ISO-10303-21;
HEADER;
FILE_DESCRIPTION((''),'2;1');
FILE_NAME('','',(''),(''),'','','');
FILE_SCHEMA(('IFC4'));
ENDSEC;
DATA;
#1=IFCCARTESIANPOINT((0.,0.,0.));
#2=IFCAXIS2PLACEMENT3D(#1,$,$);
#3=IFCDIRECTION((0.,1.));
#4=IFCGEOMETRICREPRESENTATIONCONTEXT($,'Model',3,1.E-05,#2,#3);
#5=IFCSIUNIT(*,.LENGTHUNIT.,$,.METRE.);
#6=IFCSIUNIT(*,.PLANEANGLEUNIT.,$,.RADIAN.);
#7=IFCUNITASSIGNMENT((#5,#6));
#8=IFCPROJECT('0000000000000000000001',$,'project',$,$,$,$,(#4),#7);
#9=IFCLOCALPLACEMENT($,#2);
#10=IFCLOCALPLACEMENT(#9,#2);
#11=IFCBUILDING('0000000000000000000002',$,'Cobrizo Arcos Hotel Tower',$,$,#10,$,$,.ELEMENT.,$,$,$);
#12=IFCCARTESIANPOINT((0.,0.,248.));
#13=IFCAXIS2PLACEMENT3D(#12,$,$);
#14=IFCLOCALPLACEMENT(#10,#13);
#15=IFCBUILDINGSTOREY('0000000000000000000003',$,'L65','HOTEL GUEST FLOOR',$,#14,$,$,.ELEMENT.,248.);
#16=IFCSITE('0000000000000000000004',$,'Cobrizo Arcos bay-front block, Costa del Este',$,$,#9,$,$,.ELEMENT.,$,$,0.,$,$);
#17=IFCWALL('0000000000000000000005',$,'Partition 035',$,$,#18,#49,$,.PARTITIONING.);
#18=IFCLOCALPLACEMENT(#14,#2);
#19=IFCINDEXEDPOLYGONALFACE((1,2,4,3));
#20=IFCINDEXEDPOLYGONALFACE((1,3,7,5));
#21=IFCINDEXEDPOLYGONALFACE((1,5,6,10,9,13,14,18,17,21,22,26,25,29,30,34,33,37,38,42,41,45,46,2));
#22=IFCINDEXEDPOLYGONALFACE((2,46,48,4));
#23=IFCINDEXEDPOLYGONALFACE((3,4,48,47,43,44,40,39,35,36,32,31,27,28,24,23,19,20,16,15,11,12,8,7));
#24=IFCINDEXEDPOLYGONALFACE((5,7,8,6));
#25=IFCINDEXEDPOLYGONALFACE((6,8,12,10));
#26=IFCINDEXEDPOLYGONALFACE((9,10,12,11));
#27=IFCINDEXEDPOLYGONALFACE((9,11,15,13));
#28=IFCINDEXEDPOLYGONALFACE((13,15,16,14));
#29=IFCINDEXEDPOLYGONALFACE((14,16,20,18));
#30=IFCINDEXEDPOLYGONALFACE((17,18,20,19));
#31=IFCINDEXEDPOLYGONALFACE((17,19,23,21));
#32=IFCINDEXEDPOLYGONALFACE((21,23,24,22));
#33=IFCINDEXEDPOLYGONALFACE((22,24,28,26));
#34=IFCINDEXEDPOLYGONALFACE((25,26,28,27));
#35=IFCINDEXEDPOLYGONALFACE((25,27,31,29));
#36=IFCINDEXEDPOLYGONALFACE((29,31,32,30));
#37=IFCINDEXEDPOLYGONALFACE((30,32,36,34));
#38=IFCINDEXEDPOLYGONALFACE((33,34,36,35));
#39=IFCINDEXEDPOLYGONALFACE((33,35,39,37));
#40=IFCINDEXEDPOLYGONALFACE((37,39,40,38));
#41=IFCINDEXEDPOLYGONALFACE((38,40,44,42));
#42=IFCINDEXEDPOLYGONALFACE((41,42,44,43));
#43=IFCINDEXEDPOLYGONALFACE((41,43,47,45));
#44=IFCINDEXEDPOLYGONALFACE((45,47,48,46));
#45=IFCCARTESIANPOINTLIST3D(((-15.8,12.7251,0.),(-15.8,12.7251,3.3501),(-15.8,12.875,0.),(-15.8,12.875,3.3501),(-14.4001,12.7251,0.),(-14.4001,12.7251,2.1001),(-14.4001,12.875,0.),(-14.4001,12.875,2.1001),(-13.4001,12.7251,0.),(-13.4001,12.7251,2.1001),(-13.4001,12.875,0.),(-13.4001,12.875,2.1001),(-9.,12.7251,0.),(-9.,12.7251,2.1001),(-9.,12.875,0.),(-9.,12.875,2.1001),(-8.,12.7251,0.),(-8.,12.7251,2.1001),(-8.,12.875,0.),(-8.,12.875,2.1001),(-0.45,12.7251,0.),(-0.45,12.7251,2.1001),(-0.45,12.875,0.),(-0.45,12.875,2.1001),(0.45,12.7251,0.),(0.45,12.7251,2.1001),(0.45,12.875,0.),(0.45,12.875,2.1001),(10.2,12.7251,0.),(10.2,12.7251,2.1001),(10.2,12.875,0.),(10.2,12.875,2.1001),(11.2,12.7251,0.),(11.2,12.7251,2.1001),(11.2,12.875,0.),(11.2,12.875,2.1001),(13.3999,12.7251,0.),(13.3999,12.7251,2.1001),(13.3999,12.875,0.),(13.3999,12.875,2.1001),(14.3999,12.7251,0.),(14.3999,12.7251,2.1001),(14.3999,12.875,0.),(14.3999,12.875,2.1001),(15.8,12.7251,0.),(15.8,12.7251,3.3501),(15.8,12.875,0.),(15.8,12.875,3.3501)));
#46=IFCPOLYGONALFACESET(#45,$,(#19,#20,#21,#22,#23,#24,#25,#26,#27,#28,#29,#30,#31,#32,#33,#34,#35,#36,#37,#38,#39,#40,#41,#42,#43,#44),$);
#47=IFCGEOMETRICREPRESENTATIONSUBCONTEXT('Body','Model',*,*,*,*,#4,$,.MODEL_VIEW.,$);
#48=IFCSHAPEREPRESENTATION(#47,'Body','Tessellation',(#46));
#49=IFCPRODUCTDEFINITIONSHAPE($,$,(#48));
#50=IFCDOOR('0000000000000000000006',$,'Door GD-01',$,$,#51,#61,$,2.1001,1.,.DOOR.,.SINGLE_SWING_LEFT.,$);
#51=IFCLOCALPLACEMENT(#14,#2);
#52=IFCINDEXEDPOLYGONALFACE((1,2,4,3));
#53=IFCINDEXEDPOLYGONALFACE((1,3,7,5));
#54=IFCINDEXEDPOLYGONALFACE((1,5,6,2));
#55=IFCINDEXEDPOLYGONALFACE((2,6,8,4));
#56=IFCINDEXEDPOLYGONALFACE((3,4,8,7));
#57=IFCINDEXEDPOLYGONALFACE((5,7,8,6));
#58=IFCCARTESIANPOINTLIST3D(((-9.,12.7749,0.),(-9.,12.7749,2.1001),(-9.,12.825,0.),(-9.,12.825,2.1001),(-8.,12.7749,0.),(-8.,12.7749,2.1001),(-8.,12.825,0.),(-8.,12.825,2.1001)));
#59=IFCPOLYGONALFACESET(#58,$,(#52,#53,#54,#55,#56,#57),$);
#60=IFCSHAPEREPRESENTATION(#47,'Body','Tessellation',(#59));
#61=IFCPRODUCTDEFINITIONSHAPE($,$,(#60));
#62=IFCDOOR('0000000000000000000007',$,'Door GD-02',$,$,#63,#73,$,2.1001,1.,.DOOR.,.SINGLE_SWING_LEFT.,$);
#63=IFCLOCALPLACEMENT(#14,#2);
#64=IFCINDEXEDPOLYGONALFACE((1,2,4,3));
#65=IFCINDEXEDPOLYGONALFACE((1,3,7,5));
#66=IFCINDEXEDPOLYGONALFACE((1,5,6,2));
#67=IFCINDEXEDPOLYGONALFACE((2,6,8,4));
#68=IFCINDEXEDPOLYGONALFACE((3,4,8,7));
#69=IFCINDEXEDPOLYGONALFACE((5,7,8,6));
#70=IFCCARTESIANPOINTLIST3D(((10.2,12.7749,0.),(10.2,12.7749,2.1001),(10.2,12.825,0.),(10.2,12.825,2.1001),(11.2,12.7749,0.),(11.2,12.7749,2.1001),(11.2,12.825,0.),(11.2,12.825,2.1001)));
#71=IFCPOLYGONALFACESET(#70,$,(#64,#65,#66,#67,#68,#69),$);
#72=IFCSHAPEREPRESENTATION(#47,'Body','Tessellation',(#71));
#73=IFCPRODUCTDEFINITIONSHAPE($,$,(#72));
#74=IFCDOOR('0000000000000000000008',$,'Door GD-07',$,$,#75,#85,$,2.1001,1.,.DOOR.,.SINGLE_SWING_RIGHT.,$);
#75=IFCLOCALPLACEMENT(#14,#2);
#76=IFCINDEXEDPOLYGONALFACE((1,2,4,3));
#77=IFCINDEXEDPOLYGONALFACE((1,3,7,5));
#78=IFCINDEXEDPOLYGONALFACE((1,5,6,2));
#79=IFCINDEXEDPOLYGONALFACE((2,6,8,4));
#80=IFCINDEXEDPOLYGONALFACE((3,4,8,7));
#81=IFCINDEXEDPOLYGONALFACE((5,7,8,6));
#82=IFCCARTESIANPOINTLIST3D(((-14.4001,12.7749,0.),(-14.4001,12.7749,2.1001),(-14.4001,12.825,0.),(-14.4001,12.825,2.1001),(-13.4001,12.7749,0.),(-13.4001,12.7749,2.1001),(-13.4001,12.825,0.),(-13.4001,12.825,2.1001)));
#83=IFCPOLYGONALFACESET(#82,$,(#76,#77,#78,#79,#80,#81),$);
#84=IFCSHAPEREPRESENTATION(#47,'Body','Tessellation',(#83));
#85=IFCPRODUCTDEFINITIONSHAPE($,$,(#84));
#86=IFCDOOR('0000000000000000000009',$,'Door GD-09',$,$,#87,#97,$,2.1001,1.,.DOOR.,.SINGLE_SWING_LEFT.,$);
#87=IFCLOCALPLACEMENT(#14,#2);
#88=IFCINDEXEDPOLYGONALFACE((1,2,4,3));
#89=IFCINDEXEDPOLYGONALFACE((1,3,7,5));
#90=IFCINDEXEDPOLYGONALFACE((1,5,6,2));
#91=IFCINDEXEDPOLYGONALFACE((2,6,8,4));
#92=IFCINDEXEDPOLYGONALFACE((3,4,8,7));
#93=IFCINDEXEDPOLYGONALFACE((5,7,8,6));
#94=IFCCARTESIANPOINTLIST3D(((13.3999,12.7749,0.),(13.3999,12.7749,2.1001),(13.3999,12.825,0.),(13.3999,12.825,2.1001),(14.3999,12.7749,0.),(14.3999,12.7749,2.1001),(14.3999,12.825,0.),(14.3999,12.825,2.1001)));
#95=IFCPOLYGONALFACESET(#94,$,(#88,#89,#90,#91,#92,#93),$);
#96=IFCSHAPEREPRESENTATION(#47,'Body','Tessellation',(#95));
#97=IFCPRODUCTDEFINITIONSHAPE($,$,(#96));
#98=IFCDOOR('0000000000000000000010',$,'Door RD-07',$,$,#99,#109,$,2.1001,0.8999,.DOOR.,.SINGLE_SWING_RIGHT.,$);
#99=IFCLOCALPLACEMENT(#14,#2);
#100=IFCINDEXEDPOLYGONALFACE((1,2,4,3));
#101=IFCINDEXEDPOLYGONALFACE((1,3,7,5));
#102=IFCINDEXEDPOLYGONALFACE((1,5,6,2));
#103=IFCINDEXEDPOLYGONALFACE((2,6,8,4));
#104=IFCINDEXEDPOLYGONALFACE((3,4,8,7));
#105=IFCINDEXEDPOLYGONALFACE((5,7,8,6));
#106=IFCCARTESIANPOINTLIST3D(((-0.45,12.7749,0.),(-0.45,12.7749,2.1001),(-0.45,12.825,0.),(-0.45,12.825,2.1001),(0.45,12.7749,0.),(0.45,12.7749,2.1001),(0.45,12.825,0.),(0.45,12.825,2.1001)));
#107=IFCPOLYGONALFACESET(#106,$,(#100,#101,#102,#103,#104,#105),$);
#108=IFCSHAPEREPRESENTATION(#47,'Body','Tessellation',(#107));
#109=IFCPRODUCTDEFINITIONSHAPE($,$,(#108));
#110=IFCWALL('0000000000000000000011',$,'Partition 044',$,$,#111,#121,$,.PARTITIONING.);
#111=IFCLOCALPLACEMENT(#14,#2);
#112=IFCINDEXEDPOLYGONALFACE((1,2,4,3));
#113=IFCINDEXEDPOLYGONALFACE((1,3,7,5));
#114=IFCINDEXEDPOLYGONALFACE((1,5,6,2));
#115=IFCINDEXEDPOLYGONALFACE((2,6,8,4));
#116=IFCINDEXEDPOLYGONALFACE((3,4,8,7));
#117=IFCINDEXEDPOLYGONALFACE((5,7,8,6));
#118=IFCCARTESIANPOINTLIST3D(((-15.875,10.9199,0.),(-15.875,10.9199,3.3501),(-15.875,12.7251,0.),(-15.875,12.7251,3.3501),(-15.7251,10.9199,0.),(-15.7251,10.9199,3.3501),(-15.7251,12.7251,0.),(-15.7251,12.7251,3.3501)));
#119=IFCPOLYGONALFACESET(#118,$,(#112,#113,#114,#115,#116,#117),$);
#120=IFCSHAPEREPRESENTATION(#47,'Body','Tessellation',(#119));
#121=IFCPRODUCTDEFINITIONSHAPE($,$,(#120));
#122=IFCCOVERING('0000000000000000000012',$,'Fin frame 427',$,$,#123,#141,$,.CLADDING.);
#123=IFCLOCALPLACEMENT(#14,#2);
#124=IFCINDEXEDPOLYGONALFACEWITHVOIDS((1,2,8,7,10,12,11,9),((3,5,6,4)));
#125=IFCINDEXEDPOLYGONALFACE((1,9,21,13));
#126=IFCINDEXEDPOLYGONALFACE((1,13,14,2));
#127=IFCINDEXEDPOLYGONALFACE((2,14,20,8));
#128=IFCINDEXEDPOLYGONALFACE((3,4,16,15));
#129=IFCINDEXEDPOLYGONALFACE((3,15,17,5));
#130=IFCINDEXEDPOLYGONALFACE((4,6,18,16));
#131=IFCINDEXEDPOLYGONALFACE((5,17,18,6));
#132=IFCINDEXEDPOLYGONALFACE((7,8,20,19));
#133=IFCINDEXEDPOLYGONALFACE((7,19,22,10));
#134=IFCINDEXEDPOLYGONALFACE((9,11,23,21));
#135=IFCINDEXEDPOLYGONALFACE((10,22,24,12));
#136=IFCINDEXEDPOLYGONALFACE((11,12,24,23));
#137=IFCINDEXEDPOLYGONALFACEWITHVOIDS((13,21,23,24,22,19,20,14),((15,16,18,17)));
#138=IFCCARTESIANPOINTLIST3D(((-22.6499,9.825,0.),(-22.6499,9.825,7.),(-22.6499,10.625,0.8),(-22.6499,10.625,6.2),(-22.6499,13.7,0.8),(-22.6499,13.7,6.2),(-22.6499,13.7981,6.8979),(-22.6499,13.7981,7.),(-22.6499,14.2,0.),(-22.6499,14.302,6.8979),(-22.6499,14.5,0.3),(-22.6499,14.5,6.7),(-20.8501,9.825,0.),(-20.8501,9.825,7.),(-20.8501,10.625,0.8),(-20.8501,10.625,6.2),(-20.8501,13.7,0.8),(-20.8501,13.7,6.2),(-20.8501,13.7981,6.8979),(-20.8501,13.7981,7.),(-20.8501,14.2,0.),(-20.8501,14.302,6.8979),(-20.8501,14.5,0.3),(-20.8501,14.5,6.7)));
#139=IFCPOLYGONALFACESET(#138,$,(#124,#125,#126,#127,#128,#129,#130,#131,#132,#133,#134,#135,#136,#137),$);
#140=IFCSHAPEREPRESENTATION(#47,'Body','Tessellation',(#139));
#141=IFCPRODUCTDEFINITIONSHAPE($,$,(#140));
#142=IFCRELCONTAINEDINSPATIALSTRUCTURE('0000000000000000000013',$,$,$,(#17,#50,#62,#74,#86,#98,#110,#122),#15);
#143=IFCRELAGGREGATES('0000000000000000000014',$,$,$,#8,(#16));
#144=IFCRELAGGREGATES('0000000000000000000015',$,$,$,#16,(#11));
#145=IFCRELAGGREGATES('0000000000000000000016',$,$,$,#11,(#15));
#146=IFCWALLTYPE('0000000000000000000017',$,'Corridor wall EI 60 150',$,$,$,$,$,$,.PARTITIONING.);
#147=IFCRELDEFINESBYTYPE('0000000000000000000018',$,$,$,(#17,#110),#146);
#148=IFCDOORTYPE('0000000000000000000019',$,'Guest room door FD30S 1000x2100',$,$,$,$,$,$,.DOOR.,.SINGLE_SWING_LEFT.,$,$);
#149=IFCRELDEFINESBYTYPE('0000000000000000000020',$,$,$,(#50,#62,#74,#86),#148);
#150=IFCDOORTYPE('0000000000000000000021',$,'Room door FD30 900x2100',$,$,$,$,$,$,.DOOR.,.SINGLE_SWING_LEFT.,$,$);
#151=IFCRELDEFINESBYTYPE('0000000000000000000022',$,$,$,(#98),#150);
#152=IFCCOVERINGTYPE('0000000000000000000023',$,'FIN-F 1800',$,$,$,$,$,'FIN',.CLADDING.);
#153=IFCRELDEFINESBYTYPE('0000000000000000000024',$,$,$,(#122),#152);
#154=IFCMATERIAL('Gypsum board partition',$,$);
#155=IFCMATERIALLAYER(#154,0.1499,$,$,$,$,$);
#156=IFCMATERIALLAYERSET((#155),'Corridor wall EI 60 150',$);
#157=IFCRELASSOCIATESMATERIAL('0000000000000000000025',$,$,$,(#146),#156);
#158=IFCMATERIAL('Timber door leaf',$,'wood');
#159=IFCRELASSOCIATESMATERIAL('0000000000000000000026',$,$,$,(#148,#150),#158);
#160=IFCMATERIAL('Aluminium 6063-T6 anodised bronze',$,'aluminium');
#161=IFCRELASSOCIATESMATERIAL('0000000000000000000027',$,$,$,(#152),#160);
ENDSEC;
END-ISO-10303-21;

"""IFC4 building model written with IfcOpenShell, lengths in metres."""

from ifc_helpers import new_model, si_unit, direction, frame, frame_2d, origin, place, context, subcontext, project, spatial, polyline, rectangle, outline, extrude, material, layer, layer_set, type_object, element, fill, save


model = new_model("IFC4")

# Units and contexts
model_context = context("Model", 3, precision=1e-05, world=origin(), true_north=direction((0.0, 1.0)))
body_context = subcontext(model_context, "Body", "Model", "MODEL_VIEW")
ifc_project = project(units=[si_unit("LENGTHUNIT", "METRE"), si_unit("PLANEANGLEUNIT", "RADIAN")], contexts=[model_context])

# Site, building, storey
site_placement = place(None, origin())
site = spatial("IfcSite", under=ifc_project, at=site_placement, Name="Cobrizo Arcos bay-front block, Costa del Este", CompositionType="ELEMENT", RefElevation=0.0)
building_placement = place(site_placement, origin())
building = spatial("IfcBuilding", under=site, at=building_placement, Name="Cobrizo Arcos Hotel Tower", CompositionType="ELEMENT")
storey_placement = place(building_placement, frame((0.0, 0.0, 248.0)))
storey = spatial("IfcBuildingStorey", under=building, at=storey_placement, Name="L65", Description="HOTEL GUEST FLOOR", CompositionType="ELEMENT", Elevation=248.0)

# Shared definitions
ifc_material_1 = material(Name="Aluminium 6063-T6 anodised bronze", Category="aluminium")

# Wall, openings, doors
ifc_material_2 = material(Name="Gypsum board partition")
ifc_layer_1 = layer(ifc_material_2, 0.1499)
ifc_layer_set_1 = layer_set([ifc_layer_1], Name="Corridor wall EI 60 150")
wall_type = type_object("IfcWallType", Name="Corridor wall EI 60 150", PredefinedType="PARTITIONING", material=ifc_layer_set_1)
wall_1_placement = place(storey_placement, frame((-15.8, 12.8, 0.0), z_axis=(0.0, 0.0, 1.0), x_axis=(1.0, 0.0, 0.0)))
wall_1 = element("IfcWall", 1, at=wall_1_placement, inside=storey, type_object=wall_type, Name="Partition 035", PredefinedType="PARTITIONING", context=body_context, shape_type="SweptSolid", body=[
    extrude(rectangle(XDim=31.6001, YDim=0.1499, at=frame_2d((15.8, 0.0))), origin(), (0.0, 0.0, 1.0), 3.3501),
])
opening_1_placement = place(wall_1_placement, frame((6.8, 0.0, 0.0)))
opening_1 = element("IfcOpeningElement", 2, at=opening_1_placement, cuts=wall_1, PredefinedType="OPENING", context=body_context, shape_type="SweptSolid", body=[
    extrude(rectangle(XDim=1.0, YDim=2.1001, at=frame_2d((0.5, 1.05))), frame((0.0, 0.0869, 0.0), z_axis=(0.0, -1.0, 0.0), x_axis=(1.0, 0.0, 0.0)), (0.0, 0.0, 1.0), 0.1738),
])
opening_2_placement = place(wall_1_placement, frame((15.3501, 0.0, 0.0)))
opening_2 = element("IfcOpeningElement", 3, at=opening_2_placement, cuts=wall_1, PredefinedType="OPENING", context=body_context, shape_type="SweptSolid", body=[
    extrude(rectangle(XDim=0.8999, YDim=2.1001, at=frame_2d((0.45, 1.05))), frame((0.0, 0.0869, 0.0), z_axis=(0.0, -1.0, 0.0), x_axis=(1.0, 0.0, 0.0)), (0.0, 0.0, 1.0), 0.1738),
])
opening_3_placement = place(wall_1_placement, frame((26.0, 0.0, 0.0)))
opening_3 = element("IfcOpeningElement", 4, at=opening_3_placement, cuts=wall_1, PredefinedType="OPENING", context=body_context, shape_type="SweptSolid", body=[
    extrude(rectangle(XDim=1.0, YDim=2.1001, at=frame_2d((0.5, 1.05))), frame((0.0, 0.0869, 0.0), z_axis=(0.0, -1.0, 0.0), x_axis=(1.0, 0.0, 0.0)), (0.0, 0.0, 1.0), 0.1738),
])
opening_4_placement = place(wall_1_placement, frame((1.3999, 0.0, 0.0)))
opening_4 = element("IfcOpeningElement", 5, at=opening_4_placement, cuts=wall_1, PredefinedType="OPENING", context=body_context, shape_type="SweptSolid", body=[
    extrude(rectangle(XDim=1.0, YDim=2.1001, at=frame_2d((0.5, 1.05))), frame((0.0, 0.0869, 0.0), z_axis=(0.0, -1.0, 0.0), x_axis=(1.0, 0.0, 0.0)), (0.0, 0.0, 1.0), 0.1738),
])
opening_5_placement = place(wall_1_placement, frame((29.2, 0.0, 0.0)))
opening_5 = element("IfcOpeningElement", 6, at=opening_5_placement, cuts=wall_1, PredefinedType="OPENING", context=body_context, shape_type="SweptSolid", body=[
    extrude(rectangle(XDim=1.0, YDim=2.1001, at=frame_2d((0.5, 1.05))), frame((0.0, 0.0869, 0.0), z_axis=(0.0, -1.0, 0.0), x_axis=(1.0, 0.0, 0.0)), (0.0, 0.0, 1.0), 0.1738),
])
ifc_material_3 = material(Name="Timber door leaf", Category="wood")
door_type_1 = type_object("IfcDoorType", Name="Guest room door FD30S 1000x2100", OperationType="SINGLE_SWING_LEFT", PredefinedType="DOOR", material=ifc_material_3)
door_1_placement = place(opening_1_placement, origin())
door_1 = element("IfcDoor", 7, at=door_1_placement, inside=storey, type_object=door_type_1, Name="Door GD-01", OperationType="SINGLE_SWING_LEFT", OverallHeight=2.1001, OverallWidth=1.0, PredefinedType="DOOR", context=body_context, shape_type="SweptSolid", body=[
    extrude(rectangle(XDim=1.0, YDim=2.1001, at=frame_2d((0.5, 1.05))), frame((0.0, 0.0249, 0.0), z_axis=(0.0, -1.0, 0.0), x_axis=(1.0, 0.0, 0.0)), (0.0, 0.0, 1.0), 0.05),
])
fill(opening_1, door_1)
door_2_placement = place(opening_3_placement, origin())
door_2 = element("IfcDoor", 8, at=door_2_placement, inside=storey, type_object=door_type_1, Name="Door GD-02", OperationType="SINGLE_SWING_LEFT", OverallHeight=2.1001, OverallWidth=1.0, PredefinedType="DOOR", context=body_context, shape_type="SweptSolid", body=[
    extrude(rectangle(XDim=1.0, YDim=2.1001, at=frame_2d((0.5, 1.05))), frame((0.0, 0.0249, 0.0), z_axis=(0.0, -1.0, 0.0), x_axis=(1.0, 0.0, 0.0)), (0.0, 0.0, 1.0), 0.05),
])
fill(opening_3, door_2)
door_3_placement = place(opening_4_placement, origin())
door_3 = element("IfcDoor", 9, at=door_3_placement, inside=storey, type_object=door_type_1, Name="Door GD-07", OperationType="SINGLE_SWING_RIGHT", OverallHeight=2.1001, OverallWidth=1.0, PredefinedType="DOOR", context=body_context, shape_type="SweptSolid", body=[
    extrude(rectangle(XDim=1.0, YDim=2.1001, at=frame_2d((0.5, 1.05))), frame((0.0, 0.0249, 0.0), z_axis=(0.0, -1.0, 0.0), x_axis=(1.0, 0.0, 0.0)), (0.0, 0.0, 1.0), 0.05),
])
fill(opening_4, door_3)
door_4_placement = place(opening_5_placement, origin())
door_4 = element("IfcDoor", 10, at=door_4_placement, inside=storey, type_object=door_type_1, Name="Door GD-09", OperationType="SINGLE_SWING_LEFT", OverallHeight=2.1001, OverallWidth=1.0, PredefinedType="DOOR", context=body_context, shape_type="SweptSolid", body=[
    extrude(rectangle(XDim=1.0, YDim=2.1001, at=frame_2d((0.5, 1.05))), frame((0.0, 0.0249, 0.0), z_axis=(0.0, -1.0, 0.0), x_axis=(1.0, 0.0, 0.0)), (0.0, 0.0, 1.0), 0.05),
])
fill(opening_5, door_4)
door_type_2 = type_object("IfcDoorType", Name="Room door FD30 900x2100", OperationType="SINGLE_SWING_LEFT", PredefinedType="DOOR", material=ifc_material_3)
door_5_placement = place(opening_2_placement, origin())
door_5 = element("IfcDoor", 11, at=door_5_placement, inside=storey, type_object=door_type_2, Name="Door RD-07", OperationType="SINGLE_SWING_RIGHT", OverallHeight=2.1001, OverallWidth=0.8999, PredefinedType="DOOR", context=body_context, shape_type="SweptSolid", body=[
    extrude(rectangle(XDim=0.8999, YDim=2.1001, at=frame_2d((0.45, 1.05))), frame((0.0, 0.0249, 0.0), z_axis=(0.0, -1.0, 0.0), x_axis=(1.0, 0.0, 0.0)), (0.0, 0.0, 1.0), 0.05),
])
fill(opening_2, door_5)

# Wall
wall_2_placement = place(storey_placement, frame((-15.8, 10.9199, 0.0), z_axis=(0.0, 0.0, 1.0), x_axis=(0.0, 1.0, 0.0)))
element("IfcWall", 12, at=wall_2_placement, inside=storey, type_object=wall_type, Name="Partition 044", PredefinedType="PARTITIONING", context=body_context, shape_type="SweptSolid", body=[
    extrude(rectangle(XDim=1.8052, YDim=0.1499, at=frame_2d((0.9026, 0.0))), origin(), (0.0, 0.0, 1.0), 3.3501),
])

# Covering
covering_type = type_object("IfcCoveringType", Name="FIN-F 1800", ElementType="FIN", PredefinedType="CLADDING", material=ifc_material_1)
covering_placement = place(storey_placement, frame((-20.8501, 14.5, 0.0), z_axis=(-1.0, 0.0, 0.0), x_axis=(0.0, -1.0, 0.0)))
element("IfcCovering", 13, at=covering_placement, inside=storey, type_object=covering_type, Name="Fin frame 427", PredefinedType="CLADDING", context=body_context, shape_type="SweptSolid", body=[
    extrude(outline(polyline([(4.675, 7.0), (0.7019, 7.0), (0.7019, 6.8979), (0.198, 6.8979), (0.0, 6.7), (0.0, 0.3), (0.3, 0.0), (4.675, 0.0), (4.675, 7.0)]), holes=[polyline([(3.875, 0.8), (0.8, 0.8), (0.8, 6.2), (3.875, 6.2), (3.875, 0.8)])]), origin(), (0.0, 0.0, 1.0), 1.7998),
])

save(model, "model.ifc")
